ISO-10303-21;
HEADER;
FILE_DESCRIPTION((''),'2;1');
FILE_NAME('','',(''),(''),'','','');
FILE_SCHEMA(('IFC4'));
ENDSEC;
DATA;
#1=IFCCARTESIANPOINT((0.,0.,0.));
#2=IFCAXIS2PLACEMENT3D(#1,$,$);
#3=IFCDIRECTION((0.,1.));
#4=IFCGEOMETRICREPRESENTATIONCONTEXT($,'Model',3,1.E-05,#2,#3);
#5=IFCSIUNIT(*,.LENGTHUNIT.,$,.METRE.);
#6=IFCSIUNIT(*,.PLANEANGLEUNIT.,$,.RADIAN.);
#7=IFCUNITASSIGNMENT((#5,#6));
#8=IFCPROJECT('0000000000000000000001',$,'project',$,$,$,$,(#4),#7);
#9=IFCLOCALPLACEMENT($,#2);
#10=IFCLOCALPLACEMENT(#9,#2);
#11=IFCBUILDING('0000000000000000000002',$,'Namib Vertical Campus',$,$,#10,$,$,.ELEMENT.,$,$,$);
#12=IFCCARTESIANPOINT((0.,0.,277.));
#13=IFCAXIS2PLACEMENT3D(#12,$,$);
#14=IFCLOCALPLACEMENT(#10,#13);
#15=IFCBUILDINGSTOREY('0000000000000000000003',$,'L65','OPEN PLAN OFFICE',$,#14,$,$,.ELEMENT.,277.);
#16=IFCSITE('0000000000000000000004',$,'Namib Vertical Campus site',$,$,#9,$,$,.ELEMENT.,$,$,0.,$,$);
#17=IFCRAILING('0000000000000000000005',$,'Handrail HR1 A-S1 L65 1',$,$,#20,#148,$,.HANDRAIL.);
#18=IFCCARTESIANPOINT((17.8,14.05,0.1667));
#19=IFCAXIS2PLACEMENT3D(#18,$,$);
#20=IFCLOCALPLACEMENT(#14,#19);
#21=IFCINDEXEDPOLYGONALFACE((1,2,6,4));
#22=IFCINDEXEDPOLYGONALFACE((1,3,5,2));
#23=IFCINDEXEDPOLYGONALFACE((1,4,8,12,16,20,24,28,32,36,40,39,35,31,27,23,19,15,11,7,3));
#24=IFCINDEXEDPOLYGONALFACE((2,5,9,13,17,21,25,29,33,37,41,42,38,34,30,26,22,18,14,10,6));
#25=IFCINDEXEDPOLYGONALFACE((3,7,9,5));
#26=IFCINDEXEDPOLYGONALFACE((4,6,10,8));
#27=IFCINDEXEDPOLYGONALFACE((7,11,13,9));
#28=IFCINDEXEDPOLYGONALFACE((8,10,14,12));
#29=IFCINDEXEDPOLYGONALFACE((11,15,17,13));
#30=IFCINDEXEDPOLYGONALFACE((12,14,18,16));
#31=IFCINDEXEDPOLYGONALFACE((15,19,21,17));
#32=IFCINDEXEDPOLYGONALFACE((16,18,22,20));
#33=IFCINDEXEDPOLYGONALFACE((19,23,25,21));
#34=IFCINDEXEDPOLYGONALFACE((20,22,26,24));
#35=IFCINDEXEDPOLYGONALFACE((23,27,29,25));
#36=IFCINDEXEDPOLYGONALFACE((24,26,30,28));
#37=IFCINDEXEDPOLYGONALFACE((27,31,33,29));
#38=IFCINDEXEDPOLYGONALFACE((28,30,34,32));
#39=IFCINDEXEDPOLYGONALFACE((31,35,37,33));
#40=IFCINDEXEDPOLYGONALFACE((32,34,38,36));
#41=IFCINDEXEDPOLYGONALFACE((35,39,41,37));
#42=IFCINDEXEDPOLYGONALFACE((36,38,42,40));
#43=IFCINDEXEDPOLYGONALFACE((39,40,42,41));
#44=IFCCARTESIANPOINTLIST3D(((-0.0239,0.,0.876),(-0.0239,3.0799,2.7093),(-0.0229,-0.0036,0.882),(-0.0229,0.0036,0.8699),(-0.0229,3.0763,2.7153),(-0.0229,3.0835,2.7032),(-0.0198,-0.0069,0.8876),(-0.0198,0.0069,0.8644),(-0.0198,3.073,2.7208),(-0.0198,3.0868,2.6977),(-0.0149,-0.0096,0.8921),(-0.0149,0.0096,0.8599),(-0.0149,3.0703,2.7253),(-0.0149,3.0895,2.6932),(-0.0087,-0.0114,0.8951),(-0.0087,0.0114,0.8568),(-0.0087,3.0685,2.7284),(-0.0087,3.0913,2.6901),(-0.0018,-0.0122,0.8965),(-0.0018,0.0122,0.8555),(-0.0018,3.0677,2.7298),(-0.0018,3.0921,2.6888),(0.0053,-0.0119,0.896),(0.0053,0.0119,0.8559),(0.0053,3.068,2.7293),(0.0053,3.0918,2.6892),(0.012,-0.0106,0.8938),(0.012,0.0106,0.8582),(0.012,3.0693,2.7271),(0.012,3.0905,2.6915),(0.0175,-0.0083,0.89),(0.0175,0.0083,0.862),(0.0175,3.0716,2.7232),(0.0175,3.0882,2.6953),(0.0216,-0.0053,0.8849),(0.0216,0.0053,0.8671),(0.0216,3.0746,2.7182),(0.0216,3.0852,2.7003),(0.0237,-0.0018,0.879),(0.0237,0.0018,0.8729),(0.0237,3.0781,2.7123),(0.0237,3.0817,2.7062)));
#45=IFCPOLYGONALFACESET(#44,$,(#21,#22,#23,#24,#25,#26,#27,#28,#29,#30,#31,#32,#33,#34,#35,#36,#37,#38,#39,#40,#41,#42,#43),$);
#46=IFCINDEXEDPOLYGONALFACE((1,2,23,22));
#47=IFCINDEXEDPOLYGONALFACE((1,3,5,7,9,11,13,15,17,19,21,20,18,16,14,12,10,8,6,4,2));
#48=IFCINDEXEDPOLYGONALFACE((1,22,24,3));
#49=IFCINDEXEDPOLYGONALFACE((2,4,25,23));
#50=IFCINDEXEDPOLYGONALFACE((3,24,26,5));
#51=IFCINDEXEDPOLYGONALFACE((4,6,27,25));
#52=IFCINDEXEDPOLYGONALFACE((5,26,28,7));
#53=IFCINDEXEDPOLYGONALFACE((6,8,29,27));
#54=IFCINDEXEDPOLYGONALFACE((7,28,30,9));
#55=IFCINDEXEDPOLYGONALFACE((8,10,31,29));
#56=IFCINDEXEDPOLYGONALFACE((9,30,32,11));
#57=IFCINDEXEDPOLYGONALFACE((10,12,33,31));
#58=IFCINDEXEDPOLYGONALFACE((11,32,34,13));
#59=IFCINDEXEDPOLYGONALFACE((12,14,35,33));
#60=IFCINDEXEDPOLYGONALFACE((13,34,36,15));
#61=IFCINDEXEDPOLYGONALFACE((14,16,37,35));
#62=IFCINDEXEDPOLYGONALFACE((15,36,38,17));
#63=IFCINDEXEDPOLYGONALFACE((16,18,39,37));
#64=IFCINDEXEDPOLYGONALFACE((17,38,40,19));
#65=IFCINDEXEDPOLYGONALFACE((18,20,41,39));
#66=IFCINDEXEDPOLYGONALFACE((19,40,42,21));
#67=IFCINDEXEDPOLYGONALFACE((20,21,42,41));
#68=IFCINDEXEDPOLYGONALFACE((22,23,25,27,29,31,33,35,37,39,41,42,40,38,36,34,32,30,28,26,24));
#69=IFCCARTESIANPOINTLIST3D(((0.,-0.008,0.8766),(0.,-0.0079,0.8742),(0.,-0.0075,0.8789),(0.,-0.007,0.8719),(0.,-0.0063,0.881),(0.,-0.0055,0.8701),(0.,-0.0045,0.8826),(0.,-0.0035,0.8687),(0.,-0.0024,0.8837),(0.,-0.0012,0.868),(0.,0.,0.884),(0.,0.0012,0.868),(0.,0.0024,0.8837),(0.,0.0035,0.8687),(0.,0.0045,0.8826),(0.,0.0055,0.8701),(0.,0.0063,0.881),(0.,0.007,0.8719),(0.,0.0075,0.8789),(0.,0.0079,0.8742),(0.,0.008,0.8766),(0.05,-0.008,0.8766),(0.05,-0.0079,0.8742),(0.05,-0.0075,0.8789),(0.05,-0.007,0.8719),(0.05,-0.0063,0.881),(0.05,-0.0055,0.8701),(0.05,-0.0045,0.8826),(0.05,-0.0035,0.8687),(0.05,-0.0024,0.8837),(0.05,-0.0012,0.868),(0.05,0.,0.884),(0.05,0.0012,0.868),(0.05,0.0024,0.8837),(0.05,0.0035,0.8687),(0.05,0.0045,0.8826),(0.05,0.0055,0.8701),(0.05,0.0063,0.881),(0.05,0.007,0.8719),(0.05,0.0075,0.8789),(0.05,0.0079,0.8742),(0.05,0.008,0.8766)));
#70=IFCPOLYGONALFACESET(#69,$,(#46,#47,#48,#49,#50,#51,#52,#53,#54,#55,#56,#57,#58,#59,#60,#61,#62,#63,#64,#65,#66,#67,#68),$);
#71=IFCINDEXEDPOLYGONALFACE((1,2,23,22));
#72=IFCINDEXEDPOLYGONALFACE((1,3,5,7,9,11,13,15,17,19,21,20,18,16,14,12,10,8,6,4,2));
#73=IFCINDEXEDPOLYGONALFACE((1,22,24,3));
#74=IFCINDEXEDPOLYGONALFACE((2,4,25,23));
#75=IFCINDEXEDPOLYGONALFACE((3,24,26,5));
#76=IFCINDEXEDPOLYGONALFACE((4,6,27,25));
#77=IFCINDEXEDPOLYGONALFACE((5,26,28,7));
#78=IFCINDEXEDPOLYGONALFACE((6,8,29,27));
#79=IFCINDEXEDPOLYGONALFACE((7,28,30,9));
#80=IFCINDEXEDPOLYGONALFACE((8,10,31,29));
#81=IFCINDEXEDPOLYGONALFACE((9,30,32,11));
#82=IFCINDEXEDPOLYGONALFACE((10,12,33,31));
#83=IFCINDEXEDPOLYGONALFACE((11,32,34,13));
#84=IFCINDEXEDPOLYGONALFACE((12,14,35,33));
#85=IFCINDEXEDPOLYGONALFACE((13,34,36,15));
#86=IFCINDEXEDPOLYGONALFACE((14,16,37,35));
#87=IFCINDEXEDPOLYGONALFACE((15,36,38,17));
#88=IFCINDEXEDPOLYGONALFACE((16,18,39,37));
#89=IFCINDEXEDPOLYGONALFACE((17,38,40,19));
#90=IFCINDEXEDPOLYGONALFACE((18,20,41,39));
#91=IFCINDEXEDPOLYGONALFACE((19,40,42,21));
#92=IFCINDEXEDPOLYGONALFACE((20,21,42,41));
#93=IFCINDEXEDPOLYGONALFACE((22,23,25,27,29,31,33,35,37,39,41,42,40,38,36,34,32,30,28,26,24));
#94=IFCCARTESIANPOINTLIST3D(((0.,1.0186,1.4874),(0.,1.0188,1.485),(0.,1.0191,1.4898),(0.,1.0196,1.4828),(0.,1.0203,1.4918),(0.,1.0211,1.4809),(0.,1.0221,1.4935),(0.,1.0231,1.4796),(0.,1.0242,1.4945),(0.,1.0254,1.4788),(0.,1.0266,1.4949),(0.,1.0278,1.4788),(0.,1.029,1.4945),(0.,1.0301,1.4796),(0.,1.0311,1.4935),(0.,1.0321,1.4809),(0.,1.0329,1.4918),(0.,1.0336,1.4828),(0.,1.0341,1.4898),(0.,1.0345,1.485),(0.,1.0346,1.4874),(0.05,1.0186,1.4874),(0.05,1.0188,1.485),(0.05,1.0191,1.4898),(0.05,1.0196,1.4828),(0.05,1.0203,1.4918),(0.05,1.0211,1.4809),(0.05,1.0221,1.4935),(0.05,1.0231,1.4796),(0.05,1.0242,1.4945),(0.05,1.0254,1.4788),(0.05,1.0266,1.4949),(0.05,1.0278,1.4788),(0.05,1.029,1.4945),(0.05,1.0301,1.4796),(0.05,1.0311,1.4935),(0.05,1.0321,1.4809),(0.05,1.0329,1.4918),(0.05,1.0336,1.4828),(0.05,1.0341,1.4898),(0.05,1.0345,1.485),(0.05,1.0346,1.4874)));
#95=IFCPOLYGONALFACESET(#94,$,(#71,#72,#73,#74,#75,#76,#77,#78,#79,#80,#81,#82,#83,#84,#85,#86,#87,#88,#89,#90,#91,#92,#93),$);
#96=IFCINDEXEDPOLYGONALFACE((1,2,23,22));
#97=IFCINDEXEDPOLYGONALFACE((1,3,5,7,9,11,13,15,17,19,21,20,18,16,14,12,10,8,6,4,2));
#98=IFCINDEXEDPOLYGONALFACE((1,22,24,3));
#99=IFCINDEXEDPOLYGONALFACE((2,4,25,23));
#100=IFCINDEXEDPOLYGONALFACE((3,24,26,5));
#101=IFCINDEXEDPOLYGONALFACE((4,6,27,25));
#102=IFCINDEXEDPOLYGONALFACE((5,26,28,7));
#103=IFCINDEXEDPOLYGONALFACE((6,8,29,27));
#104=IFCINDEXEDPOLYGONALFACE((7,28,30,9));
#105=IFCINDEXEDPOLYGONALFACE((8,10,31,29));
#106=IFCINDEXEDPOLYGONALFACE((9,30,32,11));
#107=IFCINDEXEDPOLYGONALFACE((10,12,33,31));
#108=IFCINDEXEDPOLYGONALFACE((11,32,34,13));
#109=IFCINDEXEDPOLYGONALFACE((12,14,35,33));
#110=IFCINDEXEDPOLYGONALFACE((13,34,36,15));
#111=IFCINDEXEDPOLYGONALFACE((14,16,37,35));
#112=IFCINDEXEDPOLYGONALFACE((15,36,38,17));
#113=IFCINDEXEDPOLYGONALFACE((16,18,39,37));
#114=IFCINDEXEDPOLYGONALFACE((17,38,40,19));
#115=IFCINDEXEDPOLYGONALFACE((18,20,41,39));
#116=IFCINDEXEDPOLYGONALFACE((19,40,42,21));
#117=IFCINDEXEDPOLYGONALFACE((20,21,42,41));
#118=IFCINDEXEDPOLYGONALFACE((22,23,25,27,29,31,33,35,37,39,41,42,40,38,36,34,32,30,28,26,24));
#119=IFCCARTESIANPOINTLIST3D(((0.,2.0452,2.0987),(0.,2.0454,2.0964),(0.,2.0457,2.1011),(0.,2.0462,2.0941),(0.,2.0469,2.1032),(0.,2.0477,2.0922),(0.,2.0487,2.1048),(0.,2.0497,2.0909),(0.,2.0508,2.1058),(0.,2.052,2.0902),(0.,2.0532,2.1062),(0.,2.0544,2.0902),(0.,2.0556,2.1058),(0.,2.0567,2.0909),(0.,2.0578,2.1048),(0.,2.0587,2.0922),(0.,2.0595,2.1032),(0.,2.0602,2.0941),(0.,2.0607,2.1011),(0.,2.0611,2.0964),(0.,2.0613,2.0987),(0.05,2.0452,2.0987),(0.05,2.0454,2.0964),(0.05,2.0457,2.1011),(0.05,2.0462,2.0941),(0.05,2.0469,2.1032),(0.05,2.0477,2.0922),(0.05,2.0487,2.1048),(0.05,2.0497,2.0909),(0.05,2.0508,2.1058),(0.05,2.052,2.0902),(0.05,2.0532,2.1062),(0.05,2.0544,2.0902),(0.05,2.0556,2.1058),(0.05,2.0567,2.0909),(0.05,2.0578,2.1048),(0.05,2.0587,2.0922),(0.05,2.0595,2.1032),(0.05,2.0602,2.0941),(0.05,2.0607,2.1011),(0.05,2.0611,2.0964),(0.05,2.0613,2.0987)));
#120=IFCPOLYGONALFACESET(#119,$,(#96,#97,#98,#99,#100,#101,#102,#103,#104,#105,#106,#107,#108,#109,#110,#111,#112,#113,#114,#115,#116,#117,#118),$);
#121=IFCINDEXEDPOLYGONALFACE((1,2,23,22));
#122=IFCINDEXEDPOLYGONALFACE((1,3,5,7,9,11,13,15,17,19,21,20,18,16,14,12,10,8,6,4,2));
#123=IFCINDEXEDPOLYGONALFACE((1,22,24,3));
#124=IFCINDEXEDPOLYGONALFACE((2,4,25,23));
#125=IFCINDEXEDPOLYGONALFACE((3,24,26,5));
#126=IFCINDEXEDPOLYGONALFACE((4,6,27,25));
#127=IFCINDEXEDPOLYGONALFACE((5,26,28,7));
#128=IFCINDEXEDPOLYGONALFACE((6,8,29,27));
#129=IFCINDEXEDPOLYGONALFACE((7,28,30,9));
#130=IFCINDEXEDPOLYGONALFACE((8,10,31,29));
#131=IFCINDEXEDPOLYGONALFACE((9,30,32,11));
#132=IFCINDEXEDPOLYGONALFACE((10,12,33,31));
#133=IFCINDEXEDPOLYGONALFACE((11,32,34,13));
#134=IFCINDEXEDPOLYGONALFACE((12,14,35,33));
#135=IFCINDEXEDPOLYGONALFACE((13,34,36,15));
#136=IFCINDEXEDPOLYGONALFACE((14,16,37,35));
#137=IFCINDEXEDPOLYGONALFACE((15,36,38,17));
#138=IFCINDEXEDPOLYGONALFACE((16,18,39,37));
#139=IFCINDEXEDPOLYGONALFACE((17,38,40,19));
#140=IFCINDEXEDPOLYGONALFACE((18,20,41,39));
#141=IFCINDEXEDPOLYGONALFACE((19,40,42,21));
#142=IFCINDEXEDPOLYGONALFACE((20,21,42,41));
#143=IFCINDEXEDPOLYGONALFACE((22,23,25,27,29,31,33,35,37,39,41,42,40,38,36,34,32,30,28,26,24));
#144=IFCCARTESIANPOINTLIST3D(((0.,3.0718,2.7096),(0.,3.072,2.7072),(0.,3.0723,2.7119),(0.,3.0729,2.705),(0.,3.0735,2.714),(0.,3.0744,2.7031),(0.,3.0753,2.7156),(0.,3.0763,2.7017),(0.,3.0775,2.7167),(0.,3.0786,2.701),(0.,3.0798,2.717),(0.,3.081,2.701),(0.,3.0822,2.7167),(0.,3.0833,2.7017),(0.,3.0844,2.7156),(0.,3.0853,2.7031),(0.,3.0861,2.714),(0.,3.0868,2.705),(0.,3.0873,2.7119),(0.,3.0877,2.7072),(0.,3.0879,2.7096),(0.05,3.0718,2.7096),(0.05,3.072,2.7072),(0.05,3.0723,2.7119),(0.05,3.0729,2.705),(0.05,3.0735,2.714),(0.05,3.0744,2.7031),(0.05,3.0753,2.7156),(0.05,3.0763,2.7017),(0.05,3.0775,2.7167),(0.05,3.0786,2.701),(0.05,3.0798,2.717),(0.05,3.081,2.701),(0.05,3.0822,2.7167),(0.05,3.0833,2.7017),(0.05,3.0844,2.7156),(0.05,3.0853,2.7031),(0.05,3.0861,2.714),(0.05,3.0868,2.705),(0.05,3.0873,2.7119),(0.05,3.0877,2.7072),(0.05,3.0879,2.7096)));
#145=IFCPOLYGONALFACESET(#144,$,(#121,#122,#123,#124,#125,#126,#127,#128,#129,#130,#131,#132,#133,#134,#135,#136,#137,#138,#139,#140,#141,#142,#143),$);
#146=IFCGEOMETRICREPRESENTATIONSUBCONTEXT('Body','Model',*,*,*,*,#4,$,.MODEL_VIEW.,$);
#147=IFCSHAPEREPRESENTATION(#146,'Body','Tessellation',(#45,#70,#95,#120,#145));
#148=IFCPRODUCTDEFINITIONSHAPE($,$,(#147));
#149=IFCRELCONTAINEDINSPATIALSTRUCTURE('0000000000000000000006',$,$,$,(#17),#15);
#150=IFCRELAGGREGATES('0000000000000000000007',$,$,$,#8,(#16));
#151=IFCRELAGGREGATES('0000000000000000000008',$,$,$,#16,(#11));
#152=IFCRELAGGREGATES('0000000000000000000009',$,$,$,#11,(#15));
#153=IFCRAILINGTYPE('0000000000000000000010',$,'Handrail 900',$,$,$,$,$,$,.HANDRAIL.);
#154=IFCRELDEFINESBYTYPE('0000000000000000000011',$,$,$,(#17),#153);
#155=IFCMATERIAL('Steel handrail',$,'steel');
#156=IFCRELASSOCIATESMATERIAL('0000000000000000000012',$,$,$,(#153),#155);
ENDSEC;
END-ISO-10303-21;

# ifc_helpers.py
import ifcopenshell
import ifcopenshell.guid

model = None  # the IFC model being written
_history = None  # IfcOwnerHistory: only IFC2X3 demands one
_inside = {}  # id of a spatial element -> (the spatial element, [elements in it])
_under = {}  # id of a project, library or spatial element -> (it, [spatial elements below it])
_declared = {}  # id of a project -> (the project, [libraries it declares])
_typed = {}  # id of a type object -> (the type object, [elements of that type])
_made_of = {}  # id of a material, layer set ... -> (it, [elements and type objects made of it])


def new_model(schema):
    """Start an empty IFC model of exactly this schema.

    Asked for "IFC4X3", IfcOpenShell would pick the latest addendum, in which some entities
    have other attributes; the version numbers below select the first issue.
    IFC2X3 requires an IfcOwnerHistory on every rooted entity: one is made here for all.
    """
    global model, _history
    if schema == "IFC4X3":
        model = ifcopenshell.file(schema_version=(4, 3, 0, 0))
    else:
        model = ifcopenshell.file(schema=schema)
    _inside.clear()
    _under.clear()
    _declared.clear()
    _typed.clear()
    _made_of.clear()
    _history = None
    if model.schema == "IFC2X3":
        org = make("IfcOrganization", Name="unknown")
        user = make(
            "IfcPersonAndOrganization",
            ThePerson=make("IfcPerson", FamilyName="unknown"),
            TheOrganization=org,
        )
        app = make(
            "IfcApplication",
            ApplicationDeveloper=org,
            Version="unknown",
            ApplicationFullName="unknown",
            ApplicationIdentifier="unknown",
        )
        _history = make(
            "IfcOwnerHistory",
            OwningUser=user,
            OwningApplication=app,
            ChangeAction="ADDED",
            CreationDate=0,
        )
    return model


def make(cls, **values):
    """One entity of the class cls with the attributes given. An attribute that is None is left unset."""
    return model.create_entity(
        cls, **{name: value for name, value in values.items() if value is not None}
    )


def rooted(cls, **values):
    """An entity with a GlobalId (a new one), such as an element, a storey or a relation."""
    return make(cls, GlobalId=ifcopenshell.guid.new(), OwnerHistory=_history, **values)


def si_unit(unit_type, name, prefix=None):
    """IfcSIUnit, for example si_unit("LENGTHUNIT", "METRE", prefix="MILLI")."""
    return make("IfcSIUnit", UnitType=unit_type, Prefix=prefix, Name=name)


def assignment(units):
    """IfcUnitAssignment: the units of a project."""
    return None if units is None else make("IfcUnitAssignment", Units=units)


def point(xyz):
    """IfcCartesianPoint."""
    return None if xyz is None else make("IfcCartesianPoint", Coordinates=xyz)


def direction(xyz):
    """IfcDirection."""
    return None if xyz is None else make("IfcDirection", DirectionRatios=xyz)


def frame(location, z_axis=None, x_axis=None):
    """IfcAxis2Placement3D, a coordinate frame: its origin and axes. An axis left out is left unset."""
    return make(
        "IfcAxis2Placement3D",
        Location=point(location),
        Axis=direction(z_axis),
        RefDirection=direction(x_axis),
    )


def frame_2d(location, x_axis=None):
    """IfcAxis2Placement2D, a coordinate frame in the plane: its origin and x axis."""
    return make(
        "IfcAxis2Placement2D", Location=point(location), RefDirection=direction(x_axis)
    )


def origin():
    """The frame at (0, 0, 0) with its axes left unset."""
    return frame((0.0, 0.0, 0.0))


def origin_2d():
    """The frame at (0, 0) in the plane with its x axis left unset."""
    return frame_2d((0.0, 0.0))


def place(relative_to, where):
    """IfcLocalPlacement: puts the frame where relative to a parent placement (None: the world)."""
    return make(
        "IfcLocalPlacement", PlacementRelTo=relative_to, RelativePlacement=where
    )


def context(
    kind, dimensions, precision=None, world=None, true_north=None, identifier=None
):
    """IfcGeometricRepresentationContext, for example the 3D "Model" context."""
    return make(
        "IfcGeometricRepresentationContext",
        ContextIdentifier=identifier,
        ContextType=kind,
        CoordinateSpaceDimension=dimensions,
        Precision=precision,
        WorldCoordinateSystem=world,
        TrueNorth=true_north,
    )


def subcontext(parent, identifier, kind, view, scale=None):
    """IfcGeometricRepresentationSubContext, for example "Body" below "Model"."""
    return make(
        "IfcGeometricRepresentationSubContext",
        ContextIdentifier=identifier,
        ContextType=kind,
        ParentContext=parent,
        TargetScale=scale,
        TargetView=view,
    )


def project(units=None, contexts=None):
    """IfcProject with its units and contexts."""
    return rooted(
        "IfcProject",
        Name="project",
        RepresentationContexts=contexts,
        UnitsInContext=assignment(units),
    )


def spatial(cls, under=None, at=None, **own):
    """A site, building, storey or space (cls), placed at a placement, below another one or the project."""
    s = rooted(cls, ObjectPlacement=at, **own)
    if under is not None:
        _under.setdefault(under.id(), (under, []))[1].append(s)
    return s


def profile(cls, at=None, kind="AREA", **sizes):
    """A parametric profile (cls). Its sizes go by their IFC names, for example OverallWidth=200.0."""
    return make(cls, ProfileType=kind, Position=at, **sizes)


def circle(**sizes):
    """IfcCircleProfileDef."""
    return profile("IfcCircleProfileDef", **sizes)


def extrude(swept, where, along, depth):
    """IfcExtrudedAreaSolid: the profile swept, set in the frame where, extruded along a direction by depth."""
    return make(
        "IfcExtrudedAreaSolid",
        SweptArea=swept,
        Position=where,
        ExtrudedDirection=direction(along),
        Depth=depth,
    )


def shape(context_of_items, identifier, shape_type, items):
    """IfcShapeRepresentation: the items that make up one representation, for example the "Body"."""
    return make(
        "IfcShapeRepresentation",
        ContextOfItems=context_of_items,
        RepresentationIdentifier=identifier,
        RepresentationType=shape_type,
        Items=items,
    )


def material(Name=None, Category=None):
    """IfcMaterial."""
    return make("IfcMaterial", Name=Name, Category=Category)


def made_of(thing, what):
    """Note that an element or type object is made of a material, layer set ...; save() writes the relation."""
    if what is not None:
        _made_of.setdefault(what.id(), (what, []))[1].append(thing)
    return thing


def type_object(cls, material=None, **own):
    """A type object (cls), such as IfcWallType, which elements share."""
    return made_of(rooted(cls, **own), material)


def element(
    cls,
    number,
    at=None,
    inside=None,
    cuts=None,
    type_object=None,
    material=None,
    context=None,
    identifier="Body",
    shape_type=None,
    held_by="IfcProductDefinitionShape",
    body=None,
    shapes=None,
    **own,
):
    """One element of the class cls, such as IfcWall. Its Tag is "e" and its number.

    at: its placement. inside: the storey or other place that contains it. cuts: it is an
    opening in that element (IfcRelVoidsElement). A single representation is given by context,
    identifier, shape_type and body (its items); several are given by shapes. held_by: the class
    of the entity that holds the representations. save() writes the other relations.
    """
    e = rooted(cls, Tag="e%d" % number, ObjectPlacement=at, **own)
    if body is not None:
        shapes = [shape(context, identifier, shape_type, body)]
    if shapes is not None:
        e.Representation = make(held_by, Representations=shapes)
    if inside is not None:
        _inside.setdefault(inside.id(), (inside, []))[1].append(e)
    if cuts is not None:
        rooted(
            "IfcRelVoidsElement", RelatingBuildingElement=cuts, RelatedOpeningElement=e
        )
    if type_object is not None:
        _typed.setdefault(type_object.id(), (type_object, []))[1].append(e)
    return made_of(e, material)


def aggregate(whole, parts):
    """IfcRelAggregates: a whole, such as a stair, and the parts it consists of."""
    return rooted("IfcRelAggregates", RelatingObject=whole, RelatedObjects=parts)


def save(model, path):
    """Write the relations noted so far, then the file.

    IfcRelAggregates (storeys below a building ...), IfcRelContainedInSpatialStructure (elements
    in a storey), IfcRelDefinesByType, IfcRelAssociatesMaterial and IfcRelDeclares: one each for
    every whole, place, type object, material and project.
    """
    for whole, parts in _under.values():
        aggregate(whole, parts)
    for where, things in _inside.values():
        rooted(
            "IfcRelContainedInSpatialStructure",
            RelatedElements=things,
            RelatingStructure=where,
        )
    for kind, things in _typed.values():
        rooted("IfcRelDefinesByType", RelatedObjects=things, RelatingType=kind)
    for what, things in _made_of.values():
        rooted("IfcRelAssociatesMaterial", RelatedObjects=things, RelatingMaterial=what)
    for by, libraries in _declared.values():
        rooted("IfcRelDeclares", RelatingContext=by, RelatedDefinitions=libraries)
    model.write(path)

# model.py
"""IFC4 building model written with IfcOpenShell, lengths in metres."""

from ifc_helpers import new_model, si_unit, direction, frame, origin, origin_2d, place, context, subcontext, project, spatial, circle, extrude, material, type_object, element, save


model = new_model("IFC4")

# Units and contexts
model_context = context("Model", 3, precision=1e-05, world=origin(), true_north=direction((0.0, 1.0)))
body_context = subcontext(model_context, "Body", "Model", "MODEL_VIEW")
ifc_project = project(units=[si_unit("LENGTHUNIT", "METRE"), si_unit("PLANEANGLEUNIT", "RADIAN")], contexts=[model_context])

# Site, building, storey
site_placement = place(None, origin())
site = spatial("IfcSite", under=ifc_project, at=site_placement, Name="Namib Vertical Campus site", CompositionType="ELEMENT", RefElevation=0.0)
building_placement = place(site_placement, origin())
building = spatial("IfcBuilding", under=site, at=building_placement, Name="Namib Vertical Campus", CompositionType="ELEMENT")
storey_placement = place(building_placement, frame((0.0, 0.0, 277.0)))
storey = spatial("IfcBuildingStorey", under=building, at=storey_placement, Name="L65", Description="OPEN PLAN OFFICE", CompositionType="ELEMENT", Elevation=277.0)

# Railing
ifc_material_1 = material(Name="Steel handrail", Category="steel")
railing_type_1 = type_object("IfcRailingType", Name="Handrail 900", PredefinedType="HANDRAIL", material=ifc_material_1)
railing_1_placement = place(storey_placement, frame((17.8, 14.05, 0.1667)))
element("IfcRailing", 1, at=railing_1_placement, inside=storey, type_object=railing_type_1, Name="Handrail HR1 A-S1 L65 1", PredefinedType="HANDRAIL", context=body_context, shape_type="SweptSolid", body=[
    extrude(circle(Radius=0.0239, at=origin_2d()), frame((0.0, 0.0, 0.876), z_axis=(0.0, 0.859291, 0.511487), x_axis=(-1.0, 0.0, 0.0)), (0.0, 0.0, 1.0), 3.5842),
    extrude(circle(Radius=0.0081, at=origin_2d()), frame((0.0, 0.0, 0.876), z_axis=(1.0, 0.0, 0.0), x_axis=(0.0, 0.0, 1.0)), (0.0, 0.0, 1.0), 0.05),
    extrude(circle(Radius=0.0081, at=origin_2d()), frame((0.0, 1.0266, 1.4868), z_axis=(1.0, 0.0, 0.0), x_axis=(0.0, 0.0, 1.0)), (0.0, 0.0, 1.0), 0.05),
    extrude(circle(Radius=0.0081, at=origin_2d()), frame((0.0, 2.0532, 2.0981), z_axis=(1.0, 0.0, 0.0), x_axis=(0.0, 0.0, 1.0)), (0.0, 0.0, 1.0), 0.05),
    extrude(circle(Radius=0.0081, at=origin_2d()), frame((0.0, 3.0798, 2.709), z_axis=(1.0, 0.0, 0.0), x_axis=(0.0, 0.0, 1.0)), (0.0, 0.0, 1.0), 0.05),
])

save(model, "model.ifc")
